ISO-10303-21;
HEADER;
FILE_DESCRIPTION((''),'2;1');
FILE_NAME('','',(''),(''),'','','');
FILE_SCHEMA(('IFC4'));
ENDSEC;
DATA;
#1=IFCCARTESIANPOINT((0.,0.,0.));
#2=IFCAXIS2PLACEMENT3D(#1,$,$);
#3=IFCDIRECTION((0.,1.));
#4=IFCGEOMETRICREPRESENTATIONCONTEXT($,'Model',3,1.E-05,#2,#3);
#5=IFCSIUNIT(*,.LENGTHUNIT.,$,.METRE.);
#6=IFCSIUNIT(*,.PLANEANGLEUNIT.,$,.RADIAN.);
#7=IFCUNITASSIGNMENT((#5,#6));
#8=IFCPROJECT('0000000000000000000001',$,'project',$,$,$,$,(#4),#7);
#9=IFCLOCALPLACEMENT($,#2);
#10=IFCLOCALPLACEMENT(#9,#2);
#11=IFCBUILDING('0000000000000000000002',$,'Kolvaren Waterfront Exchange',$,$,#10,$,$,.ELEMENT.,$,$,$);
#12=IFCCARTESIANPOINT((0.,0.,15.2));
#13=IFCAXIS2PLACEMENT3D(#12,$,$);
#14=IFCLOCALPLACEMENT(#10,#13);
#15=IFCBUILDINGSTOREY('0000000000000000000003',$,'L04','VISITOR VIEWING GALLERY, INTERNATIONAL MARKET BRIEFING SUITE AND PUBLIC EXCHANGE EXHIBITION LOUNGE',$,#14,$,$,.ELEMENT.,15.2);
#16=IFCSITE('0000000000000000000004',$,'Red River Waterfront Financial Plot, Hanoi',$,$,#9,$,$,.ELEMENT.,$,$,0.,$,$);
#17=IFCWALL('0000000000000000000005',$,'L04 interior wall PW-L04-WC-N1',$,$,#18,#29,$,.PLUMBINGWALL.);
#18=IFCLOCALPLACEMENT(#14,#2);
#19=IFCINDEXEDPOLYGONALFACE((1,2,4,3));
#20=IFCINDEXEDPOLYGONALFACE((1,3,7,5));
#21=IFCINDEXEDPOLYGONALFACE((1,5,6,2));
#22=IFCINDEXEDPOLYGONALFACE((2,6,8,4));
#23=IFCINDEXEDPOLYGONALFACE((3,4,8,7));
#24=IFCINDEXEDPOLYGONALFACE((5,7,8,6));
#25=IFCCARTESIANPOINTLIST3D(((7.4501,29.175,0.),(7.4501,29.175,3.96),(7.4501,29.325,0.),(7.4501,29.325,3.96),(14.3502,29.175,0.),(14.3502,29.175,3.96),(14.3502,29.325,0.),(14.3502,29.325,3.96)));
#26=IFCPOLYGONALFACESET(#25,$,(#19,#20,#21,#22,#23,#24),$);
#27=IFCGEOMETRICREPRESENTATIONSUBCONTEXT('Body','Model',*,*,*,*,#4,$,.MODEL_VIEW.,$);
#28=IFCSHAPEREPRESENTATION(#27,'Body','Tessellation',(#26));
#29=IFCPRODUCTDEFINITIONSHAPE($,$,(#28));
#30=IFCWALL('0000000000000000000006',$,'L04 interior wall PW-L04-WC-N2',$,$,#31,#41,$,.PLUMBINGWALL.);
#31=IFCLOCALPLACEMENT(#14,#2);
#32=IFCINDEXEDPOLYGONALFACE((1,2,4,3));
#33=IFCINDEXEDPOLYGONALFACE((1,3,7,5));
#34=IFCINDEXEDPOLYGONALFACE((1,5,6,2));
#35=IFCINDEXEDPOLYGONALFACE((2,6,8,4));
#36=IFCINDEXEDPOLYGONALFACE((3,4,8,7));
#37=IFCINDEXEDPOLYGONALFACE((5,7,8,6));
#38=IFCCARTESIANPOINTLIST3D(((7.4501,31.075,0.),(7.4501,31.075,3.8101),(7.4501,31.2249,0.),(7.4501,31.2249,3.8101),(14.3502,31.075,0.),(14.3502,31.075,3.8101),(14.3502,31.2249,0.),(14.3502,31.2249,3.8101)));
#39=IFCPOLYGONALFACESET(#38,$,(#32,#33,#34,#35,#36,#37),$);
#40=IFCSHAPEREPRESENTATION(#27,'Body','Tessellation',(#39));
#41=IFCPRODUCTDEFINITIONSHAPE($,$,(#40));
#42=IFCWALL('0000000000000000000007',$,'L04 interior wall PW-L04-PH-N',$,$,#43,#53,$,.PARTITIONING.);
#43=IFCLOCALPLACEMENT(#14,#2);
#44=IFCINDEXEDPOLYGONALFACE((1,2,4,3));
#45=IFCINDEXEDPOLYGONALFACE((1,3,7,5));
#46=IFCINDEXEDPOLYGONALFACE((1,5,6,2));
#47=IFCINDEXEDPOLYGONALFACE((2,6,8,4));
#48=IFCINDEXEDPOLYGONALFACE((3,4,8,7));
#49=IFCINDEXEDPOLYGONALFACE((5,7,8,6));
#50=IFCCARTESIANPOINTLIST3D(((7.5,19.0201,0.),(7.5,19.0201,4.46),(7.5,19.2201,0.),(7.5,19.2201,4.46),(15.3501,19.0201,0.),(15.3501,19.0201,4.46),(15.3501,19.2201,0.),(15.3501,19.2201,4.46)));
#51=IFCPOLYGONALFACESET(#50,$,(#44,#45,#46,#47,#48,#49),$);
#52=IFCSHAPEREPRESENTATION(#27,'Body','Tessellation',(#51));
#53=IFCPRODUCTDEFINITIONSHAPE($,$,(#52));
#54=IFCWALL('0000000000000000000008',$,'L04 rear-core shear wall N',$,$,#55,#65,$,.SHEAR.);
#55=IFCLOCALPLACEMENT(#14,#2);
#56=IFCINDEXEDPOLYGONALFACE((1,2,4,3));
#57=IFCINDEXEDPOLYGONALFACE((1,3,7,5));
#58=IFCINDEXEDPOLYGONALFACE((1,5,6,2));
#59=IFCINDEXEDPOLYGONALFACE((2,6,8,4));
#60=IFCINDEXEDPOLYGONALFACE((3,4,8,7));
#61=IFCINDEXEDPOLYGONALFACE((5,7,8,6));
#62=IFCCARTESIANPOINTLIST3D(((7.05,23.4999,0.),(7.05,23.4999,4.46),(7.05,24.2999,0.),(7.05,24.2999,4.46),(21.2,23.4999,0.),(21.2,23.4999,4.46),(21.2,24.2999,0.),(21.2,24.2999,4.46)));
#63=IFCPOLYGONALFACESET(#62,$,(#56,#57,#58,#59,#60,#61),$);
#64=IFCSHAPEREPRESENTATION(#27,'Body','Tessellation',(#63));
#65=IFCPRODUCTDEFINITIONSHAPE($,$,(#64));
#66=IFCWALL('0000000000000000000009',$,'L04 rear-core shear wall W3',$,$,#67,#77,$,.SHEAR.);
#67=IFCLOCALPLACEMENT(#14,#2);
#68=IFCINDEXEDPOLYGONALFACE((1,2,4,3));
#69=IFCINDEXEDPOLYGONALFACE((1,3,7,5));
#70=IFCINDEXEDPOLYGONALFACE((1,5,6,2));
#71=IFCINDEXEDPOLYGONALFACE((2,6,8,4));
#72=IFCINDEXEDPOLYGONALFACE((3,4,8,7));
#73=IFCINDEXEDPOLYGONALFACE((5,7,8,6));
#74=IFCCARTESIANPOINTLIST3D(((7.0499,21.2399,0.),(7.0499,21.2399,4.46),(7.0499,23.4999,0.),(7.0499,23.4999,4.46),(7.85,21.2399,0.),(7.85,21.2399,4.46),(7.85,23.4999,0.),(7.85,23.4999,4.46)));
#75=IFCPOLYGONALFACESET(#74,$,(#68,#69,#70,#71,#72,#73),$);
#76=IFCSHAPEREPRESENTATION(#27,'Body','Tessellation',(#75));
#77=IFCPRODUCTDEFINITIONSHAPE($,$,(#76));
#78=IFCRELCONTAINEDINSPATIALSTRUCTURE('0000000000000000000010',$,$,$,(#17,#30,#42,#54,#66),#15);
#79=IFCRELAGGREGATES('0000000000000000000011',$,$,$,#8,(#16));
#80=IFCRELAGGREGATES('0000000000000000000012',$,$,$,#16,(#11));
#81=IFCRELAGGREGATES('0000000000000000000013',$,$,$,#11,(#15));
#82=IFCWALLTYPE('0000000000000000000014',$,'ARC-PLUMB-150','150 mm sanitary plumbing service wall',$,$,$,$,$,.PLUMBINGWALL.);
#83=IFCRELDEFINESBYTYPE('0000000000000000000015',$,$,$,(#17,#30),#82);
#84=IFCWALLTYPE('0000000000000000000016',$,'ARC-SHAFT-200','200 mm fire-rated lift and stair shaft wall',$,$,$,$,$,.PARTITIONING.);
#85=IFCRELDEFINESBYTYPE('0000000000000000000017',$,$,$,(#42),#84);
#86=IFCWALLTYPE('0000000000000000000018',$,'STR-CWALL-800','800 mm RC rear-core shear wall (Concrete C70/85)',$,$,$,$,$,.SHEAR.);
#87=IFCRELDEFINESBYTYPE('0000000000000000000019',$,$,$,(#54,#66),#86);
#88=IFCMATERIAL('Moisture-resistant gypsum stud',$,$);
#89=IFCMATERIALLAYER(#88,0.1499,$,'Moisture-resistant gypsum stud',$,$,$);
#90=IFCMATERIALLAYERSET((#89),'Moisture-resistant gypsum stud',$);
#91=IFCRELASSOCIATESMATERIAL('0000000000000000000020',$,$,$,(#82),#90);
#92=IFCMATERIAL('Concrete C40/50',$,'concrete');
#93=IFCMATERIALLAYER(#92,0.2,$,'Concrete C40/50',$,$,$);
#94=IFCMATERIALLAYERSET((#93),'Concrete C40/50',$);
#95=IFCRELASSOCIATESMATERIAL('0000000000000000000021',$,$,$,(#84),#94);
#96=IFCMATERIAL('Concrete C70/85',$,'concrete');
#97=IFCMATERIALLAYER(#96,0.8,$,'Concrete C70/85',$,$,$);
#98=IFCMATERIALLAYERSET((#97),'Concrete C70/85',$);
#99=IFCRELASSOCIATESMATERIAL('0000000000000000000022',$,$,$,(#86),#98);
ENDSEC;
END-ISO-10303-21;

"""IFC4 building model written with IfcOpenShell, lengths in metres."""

from ifc_helpers import new_model, si_unit, direction, frame, frame_2d, origin, place, context, subcontext, project, spatial, rectangle, extrude, material, layer, layer_set, type_object, element, save


model = new_model("IFC4")

# Units and contexts
model_context = context("Model", 3, precision=1e-05, world=origin(), true_north=direction((0.0, 1.0)))
body_context = subcontext(model_context, "Body", "Model", "MODEL_VIEW")
ifc_project = project(units=[si_unit("LENGTHUNIT", "METRE"), si_unit("PLANEANGLEUNIT", "RADIAN")], contexts=[model_context])

# Site, building, storey
site_placement = place(None, origin())
site = spatial("IfcSite", under=ifc_project, at=site_placement, Name="Red River Waterfront Financial Plot, Hanoi", CompositionType="ELEMENT", RefElevation=0.0)
building_placement = place(site_placement, origin())
building = spatial("IfcBuilding", under=site, at=building_placement, Name="Kolvaren Waterfront Exchange", CompositionType="ELEMENT")
storey_placement = place(building_placement, frame((0.0, 0.0, 15.2)))
storey = spatial("IfcBuildingStorey", under=building, at=storey_placement, Name="L04", Description="VISITOR VIEWING GALLERY, INTERNATIONAL MARKET BRIEFING SUITE AND PUBLIC EXCHANGE EXHIBITION LOUNGE", CompositionType="ELEMENT", Elevation=15.2)

# Shared definitions
ifc_material_1 = material(Name="Concrete C70/85", Category="concrete")

# Walls
ifc_material_2 = material(Name="Moisture-resistant gypsum stud")
ifc_layer_1 = layer(ifc_material_2, 0.1499, Name="Moisture-resistant gypsum stud")
ifc_layer_set_1 = layer_set([ifc_layer_1], Name="Moisture-resistant gypsum stud")
wall_type_1 = type_object("IfcWallType", Name="ARC-PLUMB-150", Description="150 mm sanitary plumbing service wall", PredefinedType="PLUMBINGWALL", material=ifc_layer_set_1)
wall_1_placement = place(storey_placement, frame((7.45, 29.25, 0.0), z_axis=(0.0, 0.0, 1.0), x_axis=(1.0, 0.0, 0.0)))
element("IfcWall", 1, at=wall_1_placement, inside=storey, type_object=wall_type_1, Name="L04 interior wall PW-L04-WC-N1", PredefinedType="PLUMBINGWALL", context=body_context, shape_type="SweptSolid", body=[
    extrude(rectangle(XDim=6.9001, YDim=0.1499, at=frame_2d((3.4502, 0.0))), origin(), (0.0, 0.0, 1.0), 3.96),
])
wall_2_placement = place(storey_placement, frame((7.45, 31.1499, 0.0), z_axis=(0.0, 0.0, 1.0), x_axis=(1.0, 0.0, 0.0)))
element("IfcWall", 2, at=wall_2_placement, inside=storey, type_object=wall_type_1, Name="L04 interior wall PW-L04-WC-N2", PredefinedType="PLUMBINGWALL", context=body_context, shape_type="SweptSolid", body=[
    extrude(rectangle(XDim=6.9001, YDim=0.1499, at=frame_2d((3.4502, 0.0))), origin(), (0.0, 0.0, 1.0), 3.8101),
])
ifc_material_3 = material(Name="Concrete C40/50", Category="concrete")
ifc_layer_2 = layer(ifc_material_3, 0.2, Name="Concrete C40/50")
ifc_layer_set_2 = layer_set([ifc_layer_2], Name="Concrete C40/50")
wall_type_2 = type_object("IfcWallType", Name="ARC-SHAFT-200", Description="200 mm fire-rated lift and stair shaft wall", PredefinedType="PARTITIONING", material=ifc_layer_set_2)
wall_3_placement = place(storey_placement, frame((7.5, 19.1201, 0.0), z_axis=(0.0, 0.0, 1.0), x_axis=(1.0, 0.0, 0.0)))
element("IfcWall", 3, at=wall_3_placement, inside=storey, type_object=wall_type_2, Name="L04 interior wall PW-L04-PH-N", PredefinedType="PARTITIONING", context=body_context, shape_type="SweptSolid", body=[
    extrude(rectangle(XDim=7.8501, YDim=0.2, at=frame_2d((3.925, 0.0))), origin(), (0.0, 0.0, 1.0), 4.46),
])
ifc_layer_3 = layer(ifc_material_1, 0.8, Name="Concrete C70/85")
ifc_layer_set_3 = layer_set([ifc_layer_3], Name="Concrete C70/85")
wall_type_3 = type_object("IfcWallType", Name="STR-CWALL-800", Description="800 mm RC rear-core shear wall (Concrete C70/85)", PredefinedType="SHEAR", material=ifc_layer_set_3)
wall_4_placement = place(storey_placement, frame((7.05, 23.8999, 0.0), z_axis=(0.0, 0.0, 1.0), x_axis=(1.0, 0.0, 0.0)))
element("IfcWall", 4, at=wall_4_placement, inside=storey, type_object=wall_type_3, Name="L04 rear-core shear wall N", PredefinedType="SHEAR", context=body_context, shape_type="SweptSolid", body=[
    extrude(rectangle(XDim=14.1499, YDim=0.8, at=frame_2d((7.075, 0.0))), origin(), (0.0, 0.0, 1.0), 4.46),
])
wall_5_placement = place(storey_placement, frame((7.45, 21.24, 0.0), z_axis=(0.0, 0.0, 1.0), x_axis=(0.0, 1.0, 0.0)))
element("IfcWall", 5, at=wall_5_placement, inside=storey, type_object=wall_type_3, Name="L04 rear-core shear wall W3", PredefinedType="SHEAR", context=body_context, shape_type="SweptSolid", body=[
    extrude(rectangle(XDim=2.26, YDim=0.8, at=frame_2d((1.1299, 0.0))), origin(), (0.0, 0.0, 1.0), 4.46),
])

save(model, "model.ifc")
